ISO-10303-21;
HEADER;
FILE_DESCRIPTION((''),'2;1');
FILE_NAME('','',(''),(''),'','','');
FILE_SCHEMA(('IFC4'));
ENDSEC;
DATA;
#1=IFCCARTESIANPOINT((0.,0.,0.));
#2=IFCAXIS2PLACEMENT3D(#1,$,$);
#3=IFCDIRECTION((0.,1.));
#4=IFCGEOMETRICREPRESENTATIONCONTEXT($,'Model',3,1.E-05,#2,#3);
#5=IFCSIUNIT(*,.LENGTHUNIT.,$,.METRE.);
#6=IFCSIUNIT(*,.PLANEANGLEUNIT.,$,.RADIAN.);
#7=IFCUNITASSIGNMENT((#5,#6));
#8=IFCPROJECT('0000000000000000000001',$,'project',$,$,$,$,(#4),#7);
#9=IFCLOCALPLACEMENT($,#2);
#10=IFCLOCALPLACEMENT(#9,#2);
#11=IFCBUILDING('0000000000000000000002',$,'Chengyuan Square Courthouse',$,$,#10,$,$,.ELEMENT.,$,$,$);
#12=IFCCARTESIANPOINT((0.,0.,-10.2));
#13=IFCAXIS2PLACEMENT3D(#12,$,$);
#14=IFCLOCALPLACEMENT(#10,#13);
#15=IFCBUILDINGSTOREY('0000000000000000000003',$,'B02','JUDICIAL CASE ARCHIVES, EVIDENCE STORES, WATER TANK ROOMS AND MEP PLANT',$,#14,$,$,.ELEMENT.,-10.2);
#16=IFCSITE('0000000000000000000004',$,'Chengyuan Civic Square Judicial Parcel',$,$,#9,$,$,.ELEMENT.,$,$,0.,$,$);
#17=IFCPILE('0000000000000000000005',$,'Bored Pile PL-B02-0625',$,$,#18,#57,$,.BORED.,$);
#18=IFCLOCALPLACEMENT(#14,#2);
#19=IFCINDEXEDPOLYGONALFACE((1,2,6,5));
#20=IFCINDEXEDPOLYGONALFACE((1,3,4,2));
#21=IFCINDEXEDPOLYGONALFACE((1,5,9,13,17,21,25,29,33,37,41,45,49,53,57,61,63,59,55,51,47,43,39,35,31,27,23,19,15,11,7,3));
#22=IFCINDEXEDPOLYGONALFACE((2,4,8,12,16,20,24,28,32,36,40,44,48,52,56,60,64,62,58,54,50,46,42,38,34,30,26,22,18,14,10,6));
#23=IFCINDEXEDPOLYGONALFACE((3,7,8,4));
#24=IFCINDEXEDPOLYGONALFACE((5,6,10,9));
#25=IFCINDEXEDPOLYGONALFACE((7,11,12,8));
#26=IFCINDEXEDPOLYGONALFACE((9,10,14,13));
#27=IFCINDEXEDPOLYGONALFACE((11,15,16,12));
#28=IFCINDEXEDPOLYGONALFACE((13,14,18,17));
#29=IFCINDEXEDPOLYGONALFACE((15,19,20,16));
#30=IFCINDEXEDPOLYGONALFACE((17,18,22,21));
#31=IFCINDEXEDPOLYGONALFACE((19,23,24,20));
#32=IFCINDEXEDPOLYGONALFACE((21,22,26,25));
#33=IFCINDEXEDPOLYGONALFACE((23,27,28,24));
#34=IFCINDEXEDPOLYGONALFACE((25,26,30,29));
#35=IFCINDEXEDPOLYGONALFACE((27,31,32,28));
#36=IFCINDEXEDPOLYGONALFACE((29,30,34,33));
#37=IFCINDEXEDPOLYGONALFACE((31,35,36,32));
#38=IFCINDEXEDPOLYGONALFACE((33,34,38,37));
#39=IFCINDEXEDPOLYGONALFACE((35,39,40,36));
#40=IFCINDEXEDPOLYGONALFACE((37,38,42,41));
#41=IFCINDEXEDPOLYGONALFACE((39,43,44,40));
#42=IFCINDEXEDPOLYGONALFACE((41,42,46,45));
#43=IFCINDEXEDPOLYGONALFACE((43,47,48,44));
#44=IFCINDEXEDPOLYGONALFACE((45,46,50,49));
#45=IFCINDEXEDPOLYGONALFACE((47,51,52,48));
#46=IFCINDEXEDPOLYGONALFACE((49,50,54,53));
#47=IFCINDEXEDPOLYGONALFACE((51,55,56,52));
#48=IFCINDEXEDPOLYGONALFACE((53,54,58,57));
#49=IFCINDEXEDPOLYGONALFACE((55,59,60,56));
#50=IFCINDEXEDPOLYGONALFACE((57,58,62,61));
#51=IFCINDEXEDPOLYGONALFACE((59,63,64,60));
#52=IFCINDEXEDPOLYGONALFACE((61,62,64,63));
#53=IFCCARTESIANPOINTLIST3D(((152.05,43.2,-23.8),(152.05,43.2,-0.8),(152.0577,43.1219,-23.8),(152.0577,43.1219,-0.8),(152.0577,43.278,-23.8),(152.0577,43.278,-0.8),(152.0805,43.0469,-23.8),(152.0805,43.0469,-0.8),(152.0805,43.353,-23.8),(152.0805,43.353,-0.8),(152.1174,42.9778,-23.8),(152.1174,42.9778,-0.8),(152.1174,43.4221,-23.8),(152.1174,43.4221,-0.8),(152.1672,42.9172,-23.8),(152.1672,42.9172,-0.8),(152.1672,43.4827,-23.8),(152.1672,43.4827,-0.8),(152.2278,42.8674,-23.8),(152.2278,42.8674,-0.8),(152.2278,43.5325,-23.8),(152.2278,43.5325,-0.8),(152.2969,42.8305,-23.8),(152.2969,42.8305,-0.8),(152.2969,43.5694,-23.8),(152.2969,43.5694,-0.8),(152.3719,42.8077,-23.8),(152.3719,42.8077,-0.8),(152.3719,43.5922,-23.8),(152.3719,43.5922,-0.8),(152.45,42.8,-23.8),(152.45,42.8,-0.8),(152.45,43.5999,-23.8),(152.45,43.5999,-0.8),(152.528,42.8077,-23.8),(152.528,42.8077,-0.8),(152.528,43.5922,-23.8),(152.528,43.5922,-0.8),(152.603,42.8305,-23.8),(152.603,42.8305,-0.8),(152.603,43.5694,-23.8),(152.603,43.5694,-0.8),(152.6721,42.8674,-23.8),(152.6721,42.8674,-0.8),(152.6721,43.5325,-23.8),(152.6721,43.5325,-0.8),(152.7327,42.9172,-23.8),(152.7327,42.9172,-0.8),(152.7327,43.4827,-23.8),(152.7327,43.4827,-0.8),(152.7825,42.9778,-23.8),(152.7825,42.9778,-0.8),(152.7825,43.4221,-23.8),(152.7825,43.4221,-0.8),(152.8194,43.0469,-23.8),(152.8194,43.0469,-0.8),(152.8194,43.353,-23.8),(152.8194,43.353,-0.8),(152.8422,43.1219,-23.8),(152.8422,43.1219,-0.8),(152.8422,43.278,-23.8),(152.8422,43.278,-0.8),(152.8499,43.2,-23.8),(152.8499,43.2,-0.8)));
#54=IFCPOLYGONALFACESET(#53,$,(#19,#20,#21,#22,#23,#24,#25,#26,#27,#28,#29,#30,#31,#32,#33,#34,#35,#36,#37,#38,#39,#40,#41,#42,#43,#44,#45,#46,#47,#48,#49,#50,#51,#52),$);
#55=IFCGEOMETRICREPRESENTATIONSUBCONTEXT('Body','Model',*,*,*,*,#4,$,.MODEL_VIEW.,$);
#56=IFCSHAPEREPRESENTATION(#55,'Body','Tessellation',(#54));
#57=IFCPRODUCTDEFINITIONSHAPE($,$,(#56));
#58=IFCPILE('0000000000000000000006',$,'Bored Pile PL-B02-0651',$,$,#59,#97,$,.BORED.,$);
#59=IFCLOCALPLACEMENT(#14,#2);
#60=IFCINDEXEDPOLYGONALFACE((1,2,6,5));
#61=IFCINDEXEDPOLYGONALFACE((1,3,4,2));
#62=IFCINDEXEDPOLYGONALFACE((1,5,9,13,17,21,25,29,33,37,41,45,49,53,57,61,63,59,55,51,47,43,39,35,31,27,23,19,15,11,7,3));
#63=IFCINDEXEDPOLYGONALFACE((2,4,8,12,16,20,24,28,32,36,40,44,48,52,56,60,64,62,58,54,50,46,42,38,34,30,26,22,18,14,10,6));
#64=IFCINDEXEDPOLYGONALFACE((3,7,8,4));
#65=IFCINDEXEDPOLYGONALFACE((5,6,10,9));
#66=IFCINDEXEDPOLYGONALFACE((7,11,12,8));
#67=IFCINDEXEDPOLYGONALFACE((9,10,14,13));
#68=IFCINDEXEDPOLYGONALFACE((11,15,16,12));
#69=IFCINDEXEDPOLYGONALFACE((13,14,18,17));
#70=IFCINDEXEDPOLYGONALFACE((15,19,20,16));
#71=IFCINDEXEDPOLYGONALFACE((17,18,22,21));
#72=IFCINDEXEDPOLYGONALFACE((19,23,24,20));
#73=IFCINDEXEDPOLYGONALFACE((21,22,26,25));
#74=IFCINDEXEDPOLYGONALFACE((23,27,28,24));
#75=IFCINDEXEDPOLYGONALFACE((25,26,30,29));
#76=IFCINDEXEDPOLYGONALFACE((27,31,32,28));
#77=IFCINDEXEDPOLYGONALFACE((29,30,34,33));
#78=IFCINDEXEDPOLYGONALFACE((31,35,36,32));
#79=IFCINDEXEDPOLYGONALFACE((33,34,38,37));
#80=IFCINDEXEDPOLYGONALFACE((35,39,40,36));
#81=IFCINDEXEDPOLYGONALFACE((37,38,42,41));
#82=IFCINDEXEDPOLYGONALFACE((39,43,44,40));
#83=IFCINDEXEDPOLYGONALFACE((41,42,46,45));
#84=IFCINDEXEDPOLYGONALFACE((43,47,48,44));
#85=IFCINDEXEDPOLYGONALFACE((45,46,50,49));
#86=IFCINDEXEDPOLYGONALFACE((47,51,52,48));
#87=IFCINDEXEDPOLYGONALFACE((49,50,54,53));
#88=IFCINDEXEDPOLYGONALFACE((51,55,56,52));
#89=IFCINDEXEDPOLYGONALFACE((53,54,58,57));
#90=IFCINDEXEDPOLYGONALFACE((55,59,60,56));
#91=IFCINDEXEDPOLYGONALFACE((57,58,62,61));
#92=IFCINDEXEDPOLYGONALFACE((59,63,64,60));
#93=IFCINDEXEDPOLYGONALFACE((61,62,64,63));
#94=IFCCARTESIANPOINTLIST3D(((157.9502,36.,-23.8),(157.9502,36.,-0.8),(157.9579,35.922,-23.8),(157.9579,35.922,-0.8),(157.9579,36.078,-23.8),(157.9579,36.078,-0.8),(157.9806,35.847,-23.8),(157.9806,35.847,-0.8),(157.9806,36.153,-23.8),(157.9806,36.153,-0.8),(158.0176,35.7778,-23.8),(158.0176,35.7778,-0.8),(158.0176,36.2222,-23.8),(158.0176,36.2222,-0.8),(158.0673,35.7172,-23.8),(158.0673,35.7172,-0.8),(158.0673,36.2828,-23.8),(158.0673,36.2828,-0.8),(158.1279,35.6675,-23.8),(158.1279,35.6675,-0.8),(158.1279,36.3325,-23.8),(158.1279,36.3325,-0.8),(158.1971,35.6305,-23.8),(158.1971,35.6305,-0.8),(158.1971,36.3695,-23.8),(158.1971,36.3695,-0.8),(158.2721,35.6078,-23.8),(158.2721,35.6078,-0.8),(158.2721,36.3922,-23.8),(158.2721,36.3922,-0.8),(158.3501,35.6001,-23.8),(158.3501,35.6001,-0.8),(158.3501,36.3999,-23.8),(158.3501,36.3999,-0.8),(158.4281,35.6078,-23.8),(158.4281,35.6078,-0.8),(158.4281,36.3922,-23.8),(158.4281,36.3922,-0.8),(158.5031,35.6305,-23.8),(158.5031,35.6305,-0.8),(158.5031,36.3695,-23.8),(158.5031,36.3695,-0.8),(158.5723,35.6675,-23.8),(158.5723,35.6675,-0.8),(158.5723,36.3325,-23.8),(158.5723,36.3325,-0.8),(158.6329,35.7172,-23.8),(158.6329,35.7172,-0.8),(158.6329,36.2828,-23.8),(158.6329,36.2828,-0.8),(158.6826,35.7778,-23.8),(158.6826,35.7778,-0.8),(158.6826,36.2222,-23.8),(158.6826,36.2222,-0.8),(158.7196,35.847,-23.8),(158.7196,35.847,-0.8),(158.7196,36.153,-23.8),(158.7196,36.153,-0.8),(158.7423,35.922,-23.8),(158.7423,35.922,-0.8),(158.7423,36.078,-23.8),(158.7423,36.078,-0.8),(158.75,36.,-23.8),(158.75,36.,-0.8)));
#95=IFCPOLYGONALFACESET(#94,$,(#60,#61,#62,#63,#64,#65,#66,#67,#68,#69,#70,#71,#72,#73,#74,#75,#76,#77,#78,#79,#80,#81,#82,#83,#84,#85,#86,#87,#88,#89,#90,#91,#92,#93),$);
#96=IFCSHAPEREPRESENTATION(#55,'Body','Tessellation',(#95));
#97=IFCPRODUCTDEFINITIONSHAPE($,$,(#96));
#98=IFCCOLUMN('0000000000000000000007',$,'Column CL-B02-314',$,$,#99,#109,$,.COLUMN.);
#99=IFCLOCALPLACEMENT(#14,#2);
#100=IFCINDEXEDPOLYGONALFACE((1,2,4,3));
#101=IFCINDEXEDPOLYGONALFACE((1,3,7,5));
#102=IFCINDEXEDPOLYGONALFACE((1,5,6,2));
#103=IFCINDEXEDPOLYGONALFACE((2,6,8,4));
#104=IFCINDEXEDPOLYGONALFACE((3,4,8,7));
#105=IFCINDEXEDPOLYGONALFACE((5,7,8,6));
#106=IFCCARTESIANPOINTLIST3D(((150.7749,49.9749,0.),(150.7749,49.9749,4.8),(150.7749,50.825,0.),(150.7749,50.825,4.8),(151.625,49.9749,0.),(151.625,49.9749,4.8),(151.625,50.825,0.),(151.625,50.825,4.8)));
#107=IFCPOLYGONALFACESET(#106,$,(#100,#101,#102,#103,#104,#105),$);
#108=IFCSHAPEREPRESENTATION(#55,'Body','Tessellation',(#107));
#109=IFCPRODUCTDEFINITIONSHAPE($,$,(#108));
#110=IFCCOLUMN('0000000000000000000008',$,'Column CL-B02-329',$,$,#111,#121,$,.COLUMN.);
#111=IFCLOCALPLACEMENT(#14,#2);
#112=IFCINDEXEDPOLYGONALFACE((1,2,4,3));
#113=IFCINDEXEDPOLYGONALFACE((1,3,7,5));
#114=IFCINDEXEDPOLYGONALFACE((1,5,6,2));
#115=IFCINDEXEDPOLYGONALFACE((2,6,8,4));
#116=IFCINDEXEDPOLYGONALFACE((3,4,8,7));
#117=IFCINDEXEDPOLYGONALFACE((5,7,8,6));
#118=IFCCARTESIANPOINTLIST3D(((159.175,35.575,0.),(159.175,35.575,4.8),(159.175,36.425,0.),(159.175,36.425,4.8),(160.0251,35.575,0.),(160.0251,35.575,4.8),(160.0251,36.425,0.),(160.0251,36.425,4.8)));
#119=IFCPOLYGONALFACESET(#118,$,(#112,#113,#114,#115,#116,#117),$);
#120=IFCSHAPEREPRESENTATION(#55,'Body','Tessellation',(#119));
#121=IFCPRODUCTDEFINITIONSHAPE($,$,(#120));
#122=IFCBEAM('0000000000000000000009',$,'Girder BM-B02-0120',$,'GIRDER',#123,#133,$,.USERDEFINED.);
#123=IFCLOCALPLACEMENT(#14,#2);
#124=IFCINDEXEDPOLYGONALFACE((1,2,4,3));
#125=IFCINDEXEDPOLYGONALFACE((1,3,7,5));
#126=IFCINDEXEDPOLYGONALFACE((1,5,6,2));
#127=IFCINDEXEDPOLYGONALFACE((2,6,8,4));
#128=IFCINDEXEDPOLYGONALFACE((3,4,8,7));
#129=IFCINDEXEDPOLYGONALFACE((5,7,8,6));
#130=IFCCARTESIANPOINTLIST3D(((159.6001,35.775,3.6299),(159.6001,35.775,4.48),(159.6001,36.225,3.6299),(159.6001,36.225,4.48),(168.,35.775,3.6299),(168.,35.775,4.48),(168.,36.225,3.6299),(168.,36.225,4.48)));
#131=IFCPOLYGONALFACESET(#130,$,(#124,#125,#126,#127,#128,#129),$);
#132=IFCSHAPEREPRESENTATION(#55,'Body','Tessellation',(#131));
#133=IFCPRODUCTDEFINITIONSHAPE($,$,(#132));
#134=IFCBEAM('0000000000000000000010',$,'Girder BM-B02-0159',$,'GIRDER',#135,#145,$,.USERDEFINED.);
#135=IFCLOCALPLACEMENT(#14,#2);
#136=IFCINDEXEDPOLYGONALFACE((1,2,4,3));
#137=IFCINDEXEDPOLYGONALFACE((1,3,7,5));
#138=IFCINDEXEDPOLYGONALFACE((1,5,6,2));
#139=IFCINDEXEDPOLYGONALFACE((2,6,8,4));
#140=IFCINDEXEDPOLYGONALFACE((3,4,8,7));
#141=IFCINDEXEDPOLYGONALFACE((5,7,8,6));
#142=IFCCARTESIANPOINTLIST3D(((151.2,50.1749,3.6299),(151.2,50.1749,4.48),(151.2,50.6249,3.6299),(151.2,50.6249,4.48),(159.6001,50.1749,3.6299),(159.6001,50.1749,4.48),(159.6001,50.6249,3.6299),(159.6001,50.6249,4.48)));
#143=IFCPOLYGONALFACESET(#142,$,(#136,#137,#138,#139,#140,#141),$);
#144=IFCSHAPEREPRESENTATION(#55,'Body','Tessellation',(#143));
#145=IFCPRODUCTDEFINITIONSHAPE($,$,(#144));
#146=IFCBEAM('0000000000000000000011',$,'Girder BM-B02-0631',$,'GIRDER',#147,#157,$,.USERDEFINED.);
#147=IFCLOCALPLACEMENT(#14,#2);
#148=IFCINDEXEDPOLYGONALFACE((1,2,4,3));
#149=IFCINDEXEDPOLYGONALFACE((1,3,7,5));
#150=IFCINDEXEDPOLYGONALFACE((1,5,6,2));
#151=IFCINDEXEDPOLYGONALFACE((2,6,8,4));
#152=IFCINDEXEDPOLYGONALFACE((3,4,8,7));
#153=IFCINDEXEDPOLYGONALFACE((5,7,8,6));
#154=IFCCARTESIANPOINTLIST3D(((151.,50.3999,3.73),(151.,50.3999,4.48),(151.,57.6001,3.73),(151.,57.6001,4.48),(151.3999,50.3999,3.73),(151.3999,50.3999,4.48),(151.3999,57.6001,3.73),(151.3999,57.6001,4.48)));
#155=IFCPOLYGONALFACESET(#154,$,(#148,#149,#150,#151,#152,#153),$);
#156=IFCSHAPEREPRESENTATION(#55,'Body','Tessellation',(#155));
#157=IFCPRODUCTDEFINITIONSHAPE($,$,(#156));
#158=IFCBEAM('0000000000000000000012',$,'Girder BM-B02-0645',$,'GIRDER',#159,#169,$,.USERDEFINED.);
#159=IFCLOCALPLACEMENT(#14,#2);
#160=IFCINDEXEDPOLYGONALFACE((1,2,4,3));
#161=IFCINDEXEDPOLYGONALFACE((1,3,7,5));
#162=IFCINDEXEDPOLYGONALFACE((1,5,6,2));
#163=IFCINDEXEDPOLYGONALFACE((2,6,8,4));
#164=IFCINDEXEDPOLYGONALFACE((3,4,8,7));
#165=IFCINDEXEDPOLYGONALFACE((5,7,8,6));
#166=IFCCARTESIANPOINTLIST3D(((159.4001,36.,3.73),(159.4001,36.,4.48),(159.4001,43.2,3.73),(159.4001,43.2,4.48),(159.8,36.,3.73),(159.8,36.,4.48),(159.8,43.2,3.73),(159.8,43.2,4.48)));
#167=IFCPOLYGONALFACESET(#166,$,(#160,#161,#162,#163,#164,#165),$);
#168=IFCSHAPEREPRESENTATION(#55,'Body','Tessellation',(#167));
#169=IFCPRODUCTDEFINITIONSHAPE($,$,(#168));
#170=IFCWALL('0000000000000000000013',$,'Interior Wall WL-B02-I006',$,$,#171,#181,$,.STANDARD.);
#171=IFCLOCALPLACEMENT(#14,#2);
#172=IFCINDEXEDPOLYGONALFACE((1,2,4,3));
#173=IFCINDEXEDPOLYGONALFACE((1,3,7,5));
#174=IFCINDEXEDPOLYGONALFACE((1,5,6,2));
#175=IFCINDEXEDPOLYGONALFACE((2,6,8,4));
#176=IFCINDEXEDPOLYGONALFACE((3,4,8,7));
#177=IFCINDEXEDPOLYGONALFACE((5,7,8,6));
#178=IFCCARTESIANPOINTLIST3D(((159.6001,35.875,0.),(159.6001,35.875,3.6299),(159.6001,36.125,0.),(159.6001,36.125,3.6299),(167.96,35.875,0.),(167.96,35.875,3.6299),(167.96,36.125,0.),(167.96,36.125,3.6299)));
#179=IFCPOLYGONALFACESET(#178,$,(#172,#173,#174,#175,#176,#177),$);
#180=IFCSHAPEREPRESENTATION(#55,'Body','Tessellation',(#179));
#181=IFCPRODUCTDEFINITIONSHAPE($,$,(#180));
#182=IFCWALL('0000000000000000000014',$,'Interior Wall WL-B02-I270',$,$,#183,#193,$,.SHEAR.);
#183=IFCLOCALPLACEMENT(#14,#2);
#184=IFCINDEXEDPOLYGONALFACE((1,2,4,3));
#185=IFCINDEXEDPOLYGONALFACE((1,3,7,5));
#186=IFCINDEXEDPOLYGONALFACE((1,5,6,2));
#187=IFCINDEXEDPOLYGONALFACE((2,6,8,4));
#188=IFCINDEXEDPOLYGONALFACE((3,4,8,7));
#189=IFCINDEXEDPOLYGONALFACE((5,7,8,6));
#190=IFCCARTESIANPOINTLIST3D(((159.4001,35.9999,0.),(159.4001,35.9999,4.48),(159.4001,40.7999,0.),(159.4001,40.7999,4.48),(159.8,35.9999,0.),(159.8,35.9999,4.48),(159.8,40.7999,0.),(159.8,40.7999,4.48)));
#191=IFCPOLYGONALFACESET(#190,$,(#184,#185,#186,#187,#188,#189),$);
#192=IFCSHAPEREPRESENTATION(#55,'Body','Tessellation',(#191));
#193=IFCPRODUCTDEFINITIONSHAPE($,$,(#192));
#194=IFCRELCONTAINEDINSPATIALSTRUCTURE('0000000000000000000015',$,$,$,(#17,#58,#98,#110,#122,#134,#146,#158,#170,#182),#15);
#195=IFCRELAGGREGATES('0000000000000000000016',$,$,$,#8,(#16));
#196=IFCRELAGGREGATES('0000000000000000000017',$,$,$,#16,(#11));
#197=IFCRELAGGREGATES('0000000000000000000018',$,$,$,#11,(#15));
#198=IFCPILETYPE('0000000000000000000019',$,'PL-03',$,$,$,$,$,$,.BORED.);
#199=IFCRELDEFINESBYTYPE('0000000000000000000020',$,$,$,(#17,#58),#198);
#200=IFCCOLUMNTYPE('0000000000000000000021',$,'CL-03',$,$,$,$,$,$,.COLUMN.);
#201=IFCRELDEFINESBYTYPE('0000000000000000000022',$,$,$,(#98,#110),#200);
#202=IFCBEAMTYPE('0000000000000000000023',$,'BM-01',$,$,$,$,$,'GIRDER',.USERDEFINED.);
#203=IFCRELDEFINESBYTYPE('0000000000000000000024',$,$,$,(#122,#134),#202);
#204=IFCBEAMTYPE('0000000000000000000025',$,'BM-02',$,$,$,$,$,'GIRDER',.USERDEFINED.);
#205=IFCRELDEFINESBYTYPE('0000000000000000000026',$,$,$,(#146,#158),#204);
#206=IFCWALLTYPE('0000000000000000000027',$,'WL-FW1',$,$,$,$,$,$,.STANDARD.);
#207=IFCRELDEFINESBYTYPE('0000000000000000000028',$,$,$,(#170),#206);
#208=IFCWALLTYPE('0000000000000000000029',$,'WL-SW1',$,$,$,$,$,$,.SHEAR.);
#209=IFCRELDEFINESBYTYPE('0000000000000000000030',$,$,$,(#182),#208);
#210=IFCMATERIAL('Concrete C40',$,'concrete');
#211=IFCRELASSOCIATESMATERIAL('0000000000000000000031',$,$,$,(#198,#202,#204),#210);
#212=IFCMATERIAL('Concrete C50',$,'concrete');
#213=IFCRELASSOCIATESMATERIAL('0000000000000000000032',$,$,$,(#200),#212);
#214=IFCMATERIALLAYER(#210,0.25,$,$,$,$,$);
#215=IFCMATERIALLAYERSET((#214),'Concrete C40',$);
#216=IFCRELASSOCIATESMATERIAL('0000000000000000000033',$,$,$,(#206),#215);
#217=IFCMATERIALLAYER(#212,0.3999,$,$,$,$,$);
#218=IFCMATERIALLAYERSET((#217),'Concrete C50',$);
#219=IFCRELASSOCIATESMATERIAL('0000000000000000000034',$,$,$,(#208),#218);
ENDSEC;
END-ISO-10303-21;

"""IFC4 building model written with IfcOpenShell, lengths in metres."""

from ifc_helpers import new_model, si_unit, direction, frame, frame_2d, origin, origin_2d, place, context, subcontext, project, spatial, rectangle, circle, extrude, material, layer, layer_set, material_profile, profile_set, type_object, element, save


model = new_model("IFC4")

# Units and contexts
model_context = context("Model", 3, precision=1e-05, world=origin(), true_north=direction((0.0, 1.0)))
body_context = subcontext(model_context, "Body", "Model", "MODEL_VIEW")
ifc_project = project(units=[si_unit("LENGTHUNIT", "METRE"), si_unit("PLANEANGLEUNIT", "RADIAN")], contexts=[model_context])

# Site, building, storey
site_placement = place(None, origin())
site = spatial("IfcSite", under=ifc_project, at=site_placement, Name="Chengyuan Civic Square Judicial Parcel", CompositionType="ELEMENT", RefElevation=0.0)
building_placement = place(site_placement, origin())
building = spatial("IfcBuilding", under=site, at=building_placement, Name="Chengyuan Square Courthouse", CompositionType="ELEMENT")
storey_placement = place(building_placement, frame((0.0, 0.0, -10.2)))
storey = spatial("IfcBuildingStorey", under=building, at=storey_placement, Name="B02", Description="JUDICIAL CASE ARCHIVES, EVIDENCE STORES, WATER TANK ROOMS AND MEP PLANT", CompositionType="ELEMENT", Elevation=-10.2)

# Shared definitions
ifc_material_1 = material(Name="Concrete C40", Category="concrete")

# Piles
ifc_material_profile_1 = material_profile(ifc_material_1, circle(Radius=0.3999, at=origin_2d()), Name="BORED PILE D800")
ifc_profile_set_1 = profile_set([ifc_material_profile_1], Name="Concrete C40")
pile_type_1 = type_object("IfcPileType", Name="PL-03", PredefinedType="BORED", material=ifc_profile_set_1)
for number, where, z_axis, x_axis, name in (
    (1, (152.45, 43.2, -0.8), (0.0, 0.0, -1.0), (1.0, 0.0, 0.0), "Bored Pile PL-B02-0625"),
    (2, (158.3501, 36.0, -0.8), (0.0, 0.0, -1.0), (1.0, 0.0, 0.0), "Bored Pile PL-B02-0651"),
):
    element("IfcPile", number, at=place(storey_placement, frame(where, z_axis=z_axis, x_axis=x_axis)), inside=storey, type_object=pile_type_1, Name=name, PredefinedType="BORED", context=body_context, shape_type="SweptSolid", body=[
        extrude(circle(Radius=0.3999, at=origin_2d()), origin(), (0.0, 0.0, 1.0), 23.0),
    ])

# Columns
ifc_material_2 = material(Name="Concrete C50", Category="concrete")
ifc_material_profile_2 = material_profile(ifc_material_2, rectangle(XDim=0.8501, YDim=0.8501, at=origin_2d()), Name="RC-COL-850x850")
ifc_profile_set_2 = profile_set([ifc_material_profile_2], Name="Concrete C50")
column_type = type_object("IfcColumnType", Name="CL-03", PredefinedType="COLUMN", material=ifc_profile_set_2)
for number, where, z_axis, x_axis, name in (
    (3, (151.2, 50.3999, 0.0), (0.0, 0.0, 1.0), (1.0, 0.0, 0.0), "Column CL-B02-314"),
    (4, (159.6001, 36.0, 0.0), (0.0, 0.0, 1.0), (1.0, 0.0, 0.0), "Column CL-B02-329"),
):
    element("IfcColumn", number, at=place(storey_placement, frame(where, z_axis=z_axis, x_axis=x_axis)), inside=storey, type_object=column_type, Name=name, PredefinedType="COLUMN", context=body_context, shape_type="SweptSolid", body=[
        extrude(rectangle(XDim=0.8501, YDim=0.8501, at=origin_2d()), origin(), (0.0, 0.0, 1.0), 4.8),
    ])

# Beams
ifc_material_profile_3 = material_profile(ifc_material_1, rectangle(XDim=0.45, YDim=0.8501, at=origin_2d()), Name="RC-BM-450x850")
ifc_profile_set_3 = profile_set([ifc_material_profile_3], Name="Concrete C40")
beam_type_1 = type_object("IfcBeamType", Name="BM-01", ElementType="GIRDER", PredefinedType="USERDEFINED", material=ifc_profile_set_3)
beam_1_placement = place(storey_placement, frame((159.6001, 36.0, 4.0549), z_axis=(1.0, 0.0, 0.0), x_axis=(0.0, 1.0, 0.0)))
element("IfcBeam", 5, at=beam_1_placement, inside=storey, type_object=beam_type_1, Name="Girder BM-B02-0120", ObjectType="GIRDER", PredefinedType="USERDEFINED", context=body_context, shape_type="SweptSolid", body=[
    extrude(rectangle(XDim=0.45, YDim=0.8501, at=origin_2d()), origin(), (0.0, 0.0, 1.0), 8.3999),
])
beam_2_placement = place(storey_placement, frame((151.2, 50.3999, 4.0549), z_axis=(1.0, 0.0, 0.0), x_axis=(0.0, 1.0, 0.0)))
element("IfcBeam", 6, at=beam_2_placement, inside=storey, type_object=beam_type_1, Name="Girder BM-B02-0159", ObjectType="GIRDER", PredefinedType="USERDEFINED", context=body_context, shape_type="SweptSolid", body=[
    extrude(rectangle(XDim=0.45, YDim=0.8501, at=origin_2d()), origin(), (0.0, 0.0, 1.0), 8.4001),
])
ifc_material_profile_4 = material_profile(ifc_material_1, rectangle(XDim=0.3999, YDim=0.75, at=origin_2d()), Name="RC-BM-400x750")
ifc_profile_set_4 = profile_set([ifc_material_profile_4], Name="Concrete C40")
beam_type_2 = type_object("IfcBeamType", Name="BM-02", ElementType="GIRDER", PredefinedType="USERDEFINED", material=ifc_profile_set_4)
beam_3_placement = place(storey_placement, frame((151.2, 50.3999, 4.105), z_axis=(0.0, 1.0, 0.0), x_axis=(-1.0, 0.0, 0.0)))
element("IfcBeam", 7, at=beam_3_placement, inside=storey, type_object=beam_type_2, Name="Girder BM-B02-0631", ObjectType="GIRDER", PredefinedType="USERDEFINED", context=body_context, shape_type="SweptSolid", body=[
    extrude(rectangle(XDim=0.3999, YDim=0.75, at=origin_2d()), origin(), (0.0, 0.0, 1.0), 7.2002),
])
beam_4_placement = place(storey_placement, frame((159.6001, 36.0, 4.105), z_axis=(0.0, 1.0, 0.0), x_axis=(-1.0, 0.0, 0.0)))
element("IfcBeam", 8, at=beam_4_placement, inside=storey, type_object=beam_type_2, Name="Girder BM-B02-0645", ObjectType="GIRDER", PredefinedType="USERDEFINED", context=body_context, shape_type="SweptSolid", body=[
    extrude(rectangle(XDim=0.3999, YDim=0.75, at=origin_2d()), origin(), (0.0, 0.0, 1.0), 7.2),
])

# Walls
ifc_layer_1 = layer(ifc_material_1, 0.25)
ifc_layer_set_1 = layer_set([ifc_layer_1], Name="Concrete C40")
wall_type_1 = type_object("IfcWallType", Name="WL-FW1", PredefinedType="STANDARD", material=ifc_layer_set_1)
wall_1_placement = place(storey_placement, frame((159.6001, 36.0, 0.0), z_axis=(0.0, 0.0, 1.0), x_axis=(1.0, 0.0, 0.0)))
element("IfcWall", 9, at=wall_1_placement, inside=storey, type_object=wall_type_1, Name="Interior Wall WL-B02-I006", PredefinedType="STANDARD", context=body_context, shape_type="SweptSolid", body=[
    extrude(rectangle(XDim=8.3599, YDim=0.25, at=frame_2d((4.1799, 0.0))), origin(), (0.0, 0.0, 1.0), 3.6299),
])
ifc_layer_2 = layer(ifc_material_2, 0.3999)
ifc_layer_set_2 = layer_set([ifc_layer_2], Name="Concrete C50")
wall_type_2 = type_object("IfcWallType", Name="WL-SW1", PredefinedType="SHEAR", material=ifc_layer_set_2)
wall_2_placement = place(storey_placement, frame((159.6001, 36.0, 0.0), z_axis=(0.0, 0.0, 1.0), x_axis=(0.0, 1.0, 0.0)))
element("IfcWall", 10, at=wall_2_placement, inside=storey, type_object=wall_type_2, Name="Interior Wall WL-B02-I270", PredefinedType="SHEAR", context=body_context, shape_type="SweptSolid", body=[
    extrude(rectangle(XDim=4.8, YDim=0.3999, at=frame_2d((2.3999, 0.0))), origin(), (0.0, 0.0, 1.0), 4.48),
])

save(model, "model.ifc")
